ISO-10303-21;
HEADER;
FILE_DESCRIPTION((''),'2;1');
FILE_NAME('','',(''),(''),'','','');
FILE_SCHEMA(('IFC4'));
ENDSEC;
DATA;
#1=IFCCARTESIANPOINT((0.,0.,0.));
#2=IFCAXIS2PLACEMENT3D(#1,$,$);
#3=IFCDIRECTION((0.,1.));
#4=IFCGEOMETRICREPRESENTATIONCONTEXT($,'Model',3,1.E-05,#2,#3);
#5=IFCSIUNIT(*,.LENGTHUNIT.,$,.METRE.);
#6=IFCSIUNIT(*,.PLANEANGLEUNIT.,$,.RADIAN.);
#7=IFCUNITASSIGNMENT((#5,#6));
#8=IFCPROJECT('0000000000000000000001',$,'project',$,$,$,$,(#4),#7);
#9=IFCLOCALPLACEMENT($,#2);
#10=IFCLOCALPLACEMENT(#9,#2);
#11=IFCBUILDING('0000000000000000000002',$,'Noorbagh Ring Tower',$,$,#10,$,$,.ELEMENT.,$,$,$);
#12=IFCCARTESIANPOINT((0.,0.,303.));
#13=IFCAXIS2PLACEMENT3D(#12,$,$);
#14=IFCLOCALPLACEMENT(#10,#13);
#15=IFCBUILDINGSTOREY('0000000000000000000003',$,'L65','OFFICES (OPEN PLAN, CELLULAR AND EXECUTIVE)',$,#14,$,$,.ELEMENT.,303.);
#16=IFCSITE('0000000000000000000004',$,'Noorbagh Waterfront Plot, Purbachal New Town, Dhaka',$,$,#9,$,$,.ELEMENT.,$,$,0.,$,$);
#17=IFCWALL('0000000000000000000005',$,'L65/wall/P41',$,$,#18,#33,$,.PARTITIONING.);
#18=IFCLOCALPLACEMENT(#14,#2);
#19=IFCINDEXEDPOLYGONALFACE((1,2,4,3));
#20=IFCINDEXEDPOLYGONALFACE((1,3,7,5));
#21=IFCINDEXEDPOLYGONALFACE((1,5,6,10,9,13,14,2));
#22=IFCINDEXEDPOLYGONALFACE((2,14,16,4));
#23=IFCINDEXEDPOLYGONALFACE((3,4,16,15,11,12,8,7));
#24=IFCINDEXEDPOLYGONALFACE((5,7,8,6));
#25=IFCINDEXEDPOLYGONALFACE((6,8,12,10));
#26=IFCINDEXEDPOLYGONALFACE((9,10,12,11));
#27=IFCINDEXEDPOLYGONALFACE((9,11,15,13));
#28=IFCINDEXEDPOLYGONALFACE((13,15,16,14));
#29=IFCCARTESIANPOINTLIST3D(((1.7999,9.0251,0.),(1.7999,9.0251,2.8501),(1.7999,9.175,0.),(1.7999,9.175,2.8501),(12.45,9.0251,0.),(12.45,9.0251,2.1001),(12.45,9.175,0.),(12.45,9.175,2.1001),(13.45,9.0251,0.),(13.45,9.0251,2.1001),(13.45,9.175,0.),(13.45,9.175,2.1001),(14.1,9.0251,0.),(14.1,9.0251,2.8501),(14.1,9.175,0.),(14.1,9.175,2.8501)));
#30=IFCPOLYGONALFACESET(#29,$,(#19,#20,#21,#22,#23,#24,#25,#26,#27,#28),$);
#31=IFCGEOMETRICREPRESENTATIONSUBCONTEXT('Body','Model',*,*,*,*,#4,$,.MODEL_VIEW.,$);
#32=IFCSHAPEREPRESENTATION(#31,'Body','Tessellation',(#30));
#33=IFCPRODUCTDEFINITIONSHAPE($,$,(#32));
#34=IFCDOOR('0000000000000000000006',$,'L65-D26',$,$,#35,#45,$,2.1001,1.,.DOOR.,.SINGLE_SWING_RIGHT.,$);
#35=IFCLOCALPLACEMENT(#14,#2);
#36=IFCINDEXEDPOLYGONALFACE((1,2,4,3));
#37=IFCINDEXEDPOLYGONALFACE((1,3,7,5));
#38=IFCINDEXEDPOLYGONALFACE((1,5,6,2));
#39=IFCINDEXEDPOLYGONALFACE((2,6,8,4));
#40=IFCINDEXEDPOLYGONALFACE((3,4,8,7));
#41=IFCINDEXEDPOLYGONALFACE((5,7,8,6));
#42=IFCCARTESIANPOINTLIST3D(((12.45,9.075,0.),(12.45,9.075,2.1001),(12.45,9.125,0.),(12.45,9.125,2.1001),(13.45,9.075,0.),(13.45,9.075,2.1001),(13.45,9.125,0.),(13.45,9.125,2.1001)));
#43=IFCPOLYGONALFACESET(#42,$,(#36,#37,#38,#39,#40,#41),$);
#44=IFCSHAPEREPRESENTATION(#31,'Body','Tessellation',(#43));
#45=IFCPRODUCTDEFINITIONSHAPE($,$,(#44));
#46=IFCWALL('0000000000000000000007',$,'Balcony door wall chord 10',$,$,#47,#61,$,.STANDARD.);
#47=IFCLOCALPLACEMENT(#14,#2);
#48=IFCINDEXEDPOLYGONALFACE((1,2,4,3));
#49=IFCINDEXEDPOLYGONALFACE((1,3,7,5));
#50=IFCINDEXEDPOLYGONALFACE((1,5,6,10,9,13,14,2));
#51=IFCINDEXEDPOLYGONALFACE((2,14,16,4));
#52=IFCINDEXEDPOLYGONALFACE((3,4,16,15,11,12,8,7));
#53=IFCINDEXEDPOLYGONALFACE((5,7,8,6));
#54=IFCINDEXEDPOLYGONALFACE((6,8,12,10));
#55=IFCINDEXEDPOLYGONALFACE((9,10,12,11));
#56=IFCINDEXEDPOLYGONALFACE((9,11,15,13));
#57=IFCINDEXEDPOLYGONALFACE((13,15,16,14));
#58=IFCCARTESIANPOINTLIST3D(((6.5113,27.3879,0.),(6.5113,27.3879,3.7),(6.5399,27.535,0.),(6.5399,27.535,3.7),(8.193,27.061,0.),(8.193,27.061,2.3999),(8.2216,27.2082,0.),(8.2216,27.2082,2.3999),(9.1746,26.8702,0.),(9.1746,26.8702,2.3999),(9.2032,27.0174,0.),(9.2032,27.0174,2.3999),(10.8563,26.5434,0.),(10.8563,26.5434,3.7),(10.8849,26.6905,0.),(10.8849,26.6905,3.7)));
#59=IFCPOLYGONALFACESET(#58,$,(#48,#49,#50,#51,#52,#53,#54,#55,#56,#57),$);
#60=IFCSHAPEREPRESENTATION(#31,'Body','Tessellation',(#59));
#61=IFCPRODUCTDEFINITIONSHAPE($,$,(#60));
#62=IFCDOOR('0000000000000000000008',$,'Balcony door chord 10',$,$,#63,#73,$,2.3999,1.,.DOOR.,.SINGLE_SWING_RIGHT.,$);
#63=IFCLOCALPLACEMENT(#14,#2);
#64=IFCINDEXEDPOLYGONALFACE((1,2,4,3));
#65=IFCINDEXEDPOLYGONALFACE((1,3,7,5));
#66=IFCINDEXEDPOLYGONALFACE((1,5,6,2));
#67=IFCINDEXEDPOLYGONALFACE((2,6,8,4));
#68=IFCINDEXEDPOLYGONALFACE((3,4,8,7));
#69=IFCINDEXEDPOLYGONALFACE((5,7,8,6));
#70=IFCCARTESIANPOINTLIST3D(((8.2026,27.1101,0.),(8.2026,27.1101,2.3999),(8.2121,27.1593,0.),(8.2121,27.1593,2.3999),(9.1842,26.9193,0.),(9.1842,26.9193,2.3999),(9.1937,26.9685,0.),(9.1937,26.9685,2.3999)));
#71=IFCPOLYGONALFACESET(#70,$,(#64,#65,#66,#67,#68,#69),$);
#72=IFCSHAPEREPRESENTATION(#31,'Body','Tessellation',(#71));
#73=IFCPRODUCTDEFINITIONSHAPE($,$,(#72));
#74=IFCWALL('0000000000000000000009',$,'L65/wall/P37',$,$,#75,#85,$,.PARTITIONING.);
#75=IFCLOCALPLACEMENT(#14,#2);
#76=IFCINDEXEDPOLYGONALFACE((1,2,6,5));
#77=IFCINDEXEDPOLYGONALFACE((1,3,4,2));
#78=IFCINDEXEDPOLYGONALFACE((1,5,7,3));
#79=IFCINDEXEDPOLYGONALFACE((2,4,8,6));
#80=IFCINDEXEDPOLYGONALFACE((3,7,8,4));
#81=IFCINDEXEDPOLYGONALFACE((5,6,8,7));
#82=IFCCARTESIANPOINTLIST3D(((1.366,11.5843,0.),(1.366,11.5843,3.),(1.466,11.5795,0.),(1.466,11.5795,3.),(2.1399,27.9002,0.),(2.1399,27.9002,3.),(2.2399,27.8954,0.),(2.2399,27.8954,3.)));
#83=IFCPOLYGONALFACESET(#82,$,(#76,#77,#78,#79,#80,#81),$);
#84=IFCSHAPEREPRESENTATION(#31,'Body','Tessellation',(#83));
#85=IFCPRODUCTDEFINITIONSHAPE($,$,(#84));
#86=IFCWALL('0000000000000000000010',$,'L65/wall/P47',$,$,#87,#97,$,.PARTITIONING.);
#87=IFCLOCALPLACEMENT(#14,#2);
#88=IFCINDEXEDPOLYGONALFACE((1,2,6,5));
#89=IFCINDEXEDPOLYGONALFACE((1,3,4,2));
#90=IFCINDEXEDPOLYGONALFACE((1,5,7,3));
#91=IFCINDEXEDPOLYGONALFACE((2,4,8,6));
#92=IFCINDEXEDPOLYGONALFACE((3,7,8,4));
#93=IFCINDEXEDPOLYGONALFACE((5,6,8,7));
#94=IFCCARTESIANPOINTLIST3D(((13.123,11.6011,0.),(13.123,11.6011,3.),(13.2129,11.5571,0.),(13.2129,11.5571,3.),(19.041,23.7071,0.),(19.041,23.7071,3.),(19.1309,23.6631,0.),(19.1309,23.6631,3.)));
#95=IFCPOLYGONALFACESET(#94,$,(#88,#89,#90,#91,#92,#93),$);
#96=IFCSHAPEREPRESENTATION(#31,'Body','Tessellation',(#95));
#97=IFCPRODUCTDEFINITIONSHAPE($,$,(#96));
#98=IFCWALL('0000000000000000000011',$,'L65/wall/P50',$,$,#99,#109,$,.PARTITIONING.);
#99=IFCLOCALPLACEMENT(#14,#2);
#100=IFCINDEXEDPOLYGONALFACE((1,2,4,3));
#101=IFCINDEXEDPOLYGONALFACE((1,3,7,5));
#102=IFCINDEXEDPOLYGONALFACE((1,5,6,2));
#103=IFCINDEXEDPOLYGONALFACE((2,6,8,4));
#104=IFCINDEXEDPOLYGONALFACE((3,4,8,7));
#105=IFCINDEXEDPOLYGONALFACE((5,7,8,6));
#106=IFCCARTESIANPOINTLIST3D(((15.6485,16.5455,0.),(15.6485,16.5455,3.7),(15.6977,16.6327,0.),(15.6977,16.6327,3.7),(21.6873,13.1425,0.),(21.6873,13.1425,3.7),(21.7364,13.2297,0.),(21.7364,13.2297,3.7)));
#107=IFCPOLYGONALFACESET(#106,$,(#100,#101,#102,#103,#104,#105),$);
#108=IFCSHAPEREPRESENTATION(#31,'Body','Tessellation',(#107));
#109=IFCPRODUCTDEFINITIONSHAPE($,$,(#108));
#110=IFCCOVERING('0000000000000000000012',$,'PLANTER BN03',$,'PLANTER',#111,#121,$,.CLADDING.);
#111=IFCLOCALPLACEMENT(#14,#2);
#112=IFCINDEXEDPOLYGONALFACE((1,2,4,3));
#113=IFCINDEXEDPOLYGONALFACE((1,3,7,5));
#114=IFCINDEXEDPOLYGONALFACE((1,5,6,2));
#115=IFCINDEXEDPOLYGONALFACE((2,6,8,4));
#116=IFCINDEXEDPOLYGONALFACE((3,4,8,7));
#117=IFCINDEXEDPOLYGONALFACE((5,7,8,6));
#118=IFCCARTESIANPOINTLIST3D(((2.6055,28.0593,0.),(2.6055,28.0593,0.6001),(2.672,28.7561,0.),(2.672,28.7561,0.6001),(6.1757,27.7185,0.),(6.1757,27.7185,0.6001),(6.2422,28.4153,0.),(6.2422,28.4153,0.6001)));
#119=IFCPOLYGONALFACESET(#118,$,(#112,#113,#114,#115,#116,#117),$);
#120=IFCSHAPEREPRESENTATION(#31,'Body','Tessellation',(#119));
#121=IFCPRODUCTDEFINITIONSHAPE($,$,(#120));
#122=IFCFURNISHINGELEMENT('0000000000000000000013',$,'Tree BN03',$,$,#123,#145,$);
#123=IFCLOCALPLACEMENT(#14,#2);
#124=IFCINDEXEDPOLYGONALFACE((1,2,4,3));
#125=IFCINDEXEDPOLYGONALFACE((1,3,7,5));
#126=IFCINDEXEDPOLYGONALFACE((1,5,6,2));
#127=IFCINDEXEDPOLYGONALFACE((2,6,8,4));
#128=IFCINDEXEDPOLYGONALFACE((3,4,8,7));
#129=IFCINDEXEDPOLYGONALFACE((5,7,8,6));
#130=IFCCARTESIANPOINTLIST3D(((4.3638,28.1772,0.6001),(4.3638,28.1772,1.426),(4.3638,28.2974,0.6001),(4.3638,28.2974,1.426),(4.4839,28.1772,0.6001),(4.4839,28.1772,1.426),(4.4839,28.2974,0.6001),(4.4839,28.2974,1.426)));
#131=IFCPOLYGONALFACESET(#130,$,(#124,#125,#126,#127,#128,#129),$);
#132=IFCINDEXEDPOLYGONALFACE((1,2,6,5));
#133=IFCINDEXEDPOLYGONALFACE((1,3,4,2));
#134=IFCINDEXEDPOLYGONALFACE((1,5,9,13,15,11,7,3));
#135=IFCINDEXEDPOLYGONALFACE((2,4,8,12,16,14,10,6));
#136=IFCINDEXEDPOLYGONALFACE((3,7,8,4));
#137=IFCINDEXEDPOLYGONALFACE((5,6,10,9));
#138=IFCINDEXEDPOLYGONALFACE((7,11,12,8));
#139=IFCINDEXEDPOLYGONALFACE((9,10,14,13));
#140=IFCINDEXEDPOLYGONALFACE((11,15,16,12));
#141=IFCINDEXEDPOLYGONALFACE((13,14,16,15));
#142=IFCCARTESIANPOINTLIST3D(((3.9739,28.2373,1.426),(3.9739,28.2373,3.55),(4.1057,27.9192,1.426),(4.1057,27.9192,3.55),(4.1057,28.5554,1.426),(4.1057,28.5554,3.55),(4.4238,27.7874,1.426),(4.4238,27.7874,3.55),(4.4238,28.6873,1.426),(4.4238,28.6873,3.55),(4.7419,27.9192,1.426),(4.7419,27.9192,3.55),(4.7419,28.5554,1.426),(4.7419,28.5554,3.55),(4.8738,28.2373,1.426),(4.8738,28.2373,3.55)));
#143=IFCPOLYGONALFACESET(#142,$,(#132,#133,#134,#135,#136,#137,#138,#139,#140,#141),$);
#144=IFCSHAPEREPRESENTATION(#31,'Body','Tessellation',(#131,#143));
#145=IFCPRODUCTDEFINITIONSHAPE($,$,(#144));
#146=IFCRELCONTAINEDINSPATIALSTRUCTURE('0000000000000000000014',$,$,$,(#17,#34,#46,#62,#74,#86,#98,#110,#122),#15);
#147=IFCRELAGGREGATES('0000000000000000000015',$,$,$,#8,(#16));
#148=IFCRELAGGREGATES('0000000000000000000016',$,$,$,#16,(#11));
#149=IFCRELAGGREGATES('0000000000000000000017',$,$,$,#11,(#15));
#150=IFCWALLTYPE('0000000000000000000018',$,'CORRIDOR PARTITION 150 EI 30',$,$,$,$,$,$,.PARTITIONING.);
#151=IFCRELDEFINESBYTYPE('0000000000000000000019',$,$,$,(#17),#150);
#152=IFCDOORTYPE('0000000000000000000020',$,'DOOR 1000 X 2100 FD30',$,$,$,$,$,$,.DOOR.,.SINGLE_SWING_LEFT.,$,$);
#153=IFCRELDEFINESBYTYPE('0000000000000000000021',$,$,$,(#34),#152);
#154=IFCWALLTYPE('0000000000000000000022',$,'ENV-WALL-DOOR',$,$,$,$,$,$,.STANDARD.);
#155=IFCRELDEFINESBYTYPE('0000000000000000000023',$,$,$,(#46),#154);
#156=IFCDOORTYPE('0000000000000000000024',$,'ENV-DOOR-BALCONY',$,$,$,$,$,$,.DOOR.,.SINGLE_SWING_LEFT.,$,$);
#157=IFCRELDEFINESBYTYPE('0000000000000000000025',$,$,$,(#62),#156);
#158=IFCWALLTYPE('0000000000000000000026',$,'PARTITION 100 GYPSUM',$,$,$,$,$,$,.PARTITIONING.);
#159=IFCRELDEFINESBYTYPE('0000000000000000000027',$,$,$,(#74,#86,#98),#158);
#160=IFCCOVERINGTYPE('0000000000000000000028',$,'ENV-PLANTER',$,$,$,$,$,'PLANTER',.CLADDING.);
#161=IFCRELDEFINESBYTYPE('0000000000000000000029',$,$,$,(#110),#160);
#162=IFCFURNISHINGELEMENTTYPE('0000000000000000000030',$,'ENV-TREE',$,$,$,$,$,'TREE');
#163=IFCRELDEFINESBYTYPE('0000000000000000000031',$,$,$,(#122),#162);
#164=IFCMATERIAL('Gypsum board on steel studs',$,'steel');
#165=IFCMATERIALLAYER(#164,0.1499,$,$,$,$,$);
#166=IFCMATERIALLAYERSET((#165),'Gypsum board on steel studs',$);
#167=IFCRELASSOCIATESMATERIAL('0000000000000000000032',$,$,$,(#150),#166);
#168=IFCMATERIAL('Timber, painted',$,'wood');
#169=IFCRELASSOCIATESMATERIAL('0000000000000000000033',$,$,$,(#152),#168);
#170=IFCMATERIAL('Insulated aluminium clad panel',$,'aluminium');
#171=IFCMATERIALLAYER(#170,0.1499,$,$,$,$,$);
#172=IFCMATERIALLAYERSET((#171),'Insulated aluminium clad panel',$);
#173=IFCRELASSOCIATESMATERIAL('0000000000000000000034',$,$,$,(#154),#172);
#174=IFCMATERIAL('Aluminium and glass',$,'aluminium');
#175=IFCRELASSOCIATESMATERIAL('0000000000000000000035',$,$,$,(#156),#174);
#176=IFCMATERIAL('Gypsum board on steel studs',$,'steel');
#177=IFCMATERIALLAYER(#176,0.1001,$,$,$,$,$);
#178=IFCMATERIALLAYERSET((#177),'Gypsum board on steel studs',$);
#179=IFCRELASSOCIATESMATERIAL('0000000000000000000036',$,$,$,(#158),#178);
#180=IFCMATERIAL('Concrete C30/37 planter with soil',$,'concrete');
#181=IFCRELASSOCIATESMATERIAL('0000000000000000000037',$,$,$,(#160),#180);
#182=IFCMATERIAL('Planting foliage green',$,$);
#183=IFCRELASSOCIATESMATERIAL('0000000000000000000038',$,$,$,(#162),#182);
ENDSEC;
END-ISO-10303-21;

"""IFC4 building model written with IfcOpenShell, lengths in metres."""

from ifc_helpers import new_model, si_unit, direction, frame, frame_2d, origin, origin_2d, place, context, subcontext, project, spatial, polyline, rectangle, outline, extrude, material, layer, layer_set, type_object, element, fill, save


model = new_model("IFC4")

# Units and contexts
model_context = context("Model", 3, precision=1e-05, world=origin(), true_north=direction((0.0, 1.0)))
body_context = subcontext(model_context, "Body", "Model", "MODEL_VIEW")
ifc_project = project(units=[si_unit("LENGTHUNIT", "METRE"), si_unit("PLANEANGLEUNIT", "RADIAN")], contexts=[model_context])

# Site, building, storey
site_placement = place(None, origin())
site = spatial("IfcSite", under=ifc_project, at=site_placement, Name="Noorbagh Waterfront Plot, Purbachal New Town, Dhaka", CompositionType="ELEMENT", RefElevation=0.0)
building_placement = place(site_placement, origin())
building = spatial("IfcBuilding", under=site, at=building_placement, Name="Noorbagh Ring Tower", CompositionType="ELEMENT")
storey_placement = place(building_placement, frame((0.0, 0.0, 303.0)))
storey = spatial("IfcBuildingStorey", under=building, at=storey_placement, Name="L65", Description="OFFICES (OPEN PLAN, CELLULAR AND EXECUTIVE)", CompositionType="ELEMENT", Elevation=303.0)

# Walls, openings, doors
ifc_material_1 = material(Name="Gypsum board on steel studs", Category="steel")
ifc_layer_1 = layer(ifc_material_1, 0.1499)
ifc_layer_set_1 = layer_set([ifc_layer_1], Name="Gypsum board on steel studs")
wall_type_1 = type_object("IfcWallType", Name="CORRIDOR PARTITION 150 EI 30", PredefinedType="PARTITIONING", material=ifc_layer_set_1)
wall_1_placement = place(storey_placement, frame((1.8, 9.1001, 0.0), z_axis=(0.0, 0.0, 1.0), x_axis=(1.0, 0.0, 0.0)))
wall_1 = element("IfcWall", 1, at=wall_1_placement, inside=storey, type_object=wall_type_1, Name="L65/wall/P41", PredefinedType="PARTITIONING", context=body_context, shape_type="SweptSolid", body=[
    extrude(rectangle(XDim=12.3, YDim=0.1499, at=frame_2d((6.1499, 0.0))), origin(), (0.0, 0.0, 1.0), 2.8501),
])
opening_1_placement = place(wall_1_placement, frame((10.6499, 0.0, 0.0)))
opening_1 = element("IfcOpeningElement", 2, at=opening_1_placement, cuts=wall_1, PredefinedType="OPENING", context=body_context, shape_type="SweptSolid", body=[
    extrude(rectangle(XDim=1.0, YDim=2.1001, at=frame_2d((0.5, 1.05))), frame((0.0, 0.085, 0.0), z_axis=(0.0, -1.0, 0.0), x_axis=(1.0, 0.0, 0.0)), (0.0, 0.0, 1.0), 0.1699),
])
ifc_material_2 = material(Name="Timber, painted", Category="wood")
door_type_1 = type_object("IfcDoorType", Name="DOOR 1000 X 2100 FD30", OperationType="SINGLE_SWING_LEFT", PredefinedType="DOOR", material=ifc_material_2)
door_1_placement = place(opening_1_placement, origin())
door_1 = element("IfcDoor", 3, at=door_1_placement, inside=storey, type_object=door_type_1, Name="L65-D26", OperationType="SINGLE_SWING_RIGHT", OverallHeight=2.1001, OverallWidth=1.0, PredefinedType="DOOR", context=body_context, shape_type="SweptSolid", body=[
    extrude(rectangle(XDim=1.0, YDim=2.1001, at=frame_2d((0.5, 1.05))), frame((0.0, 0.0249, 0.0), z_axis=(0.0, -1.0, 0.0), x_axis=(1.0, 0.0, 0.0)), (0.0, 0.0, 1.0), 0.05),
])
fill(opening_1, door_1)
ifc_material_3 = material(Name="Insulated aluminium clad panel", Category="aluminium")
ifc_layer_2 = layer(ifc_material_3, 0.1499)
ifc_layer_set_2 = layer_set([ifc_layer_2], Name="Insulated aluminium clad panel")
wall_type_2 = type_object("IfcWallType", Name="ENV-WALL-DOOR", PredefinedType="STANDARD", material=ifc_layer_set_2)
wall_2_placement = place(storey_placement, frame((10.8706, 26.6169, 0.0), z_axis=(0.0, 0.0, 1.0), x_axis=(-0.981631, 0.190788, 0.0)))
wall_2 = element("IfcWall", 4, at=wall_2_placement, inside=storey, type_object=wall_type_2, Name="Balcony door wall chord 10", PredefinedType="STANDARD", context=body_context, shape_type="SweptSolid", body=[
    extrude(rectangle(XDim=4.4263, YDim=0.1499, at=frame_2d((2.2131, 0.0))), origin(), (0.0, 0.0, 1.0), 3.7),
])
opening_2_placement = place(wall_2_placement, frame((1.7131, 0.0, 0.0)))
opening_2 = element("IfcOpeningElement", 5, at=opening_2_placement, cuts=wall_2, PredefinedType="OPENING", context=body_context, shape_type="SweptSolid", body=[
    extrude(rectangle(XDim=1.0, YDim=2.3999, at=frame_2d((0.5, 1.2))), frame((0.0, 0.085, 0.0), z_axis=(0.0, -1.0, 0.0), x_axis=(1.0, 0.0, 0.0)), (0.0, 0.0, 1.0), 0.1699),
])
ifc_material_4 = material(Name="Aluminium and glass", Category="aluminium")
door_type_2 = type_object("IfcDoorType", Name="ENV-DOOR-BALCONY", OperationType="SINGLE_SWING_LEFT", PredefinedType="DOOR", material=ifc_material_4)
door_2_placement = place(opening_2_placement, origin())
door_2 = element("IfcDoor", 6, at=door_2_placement, inside=storey, type_object=door_type_2, Name="Balcony door chord 10", OperationType="SINGLE_SWING_RIGHT", OverallHeight=2.3999, OverallWidth=1.0, PredefinedType="DOOR", context=body_context, shape_type="SweptSolid", body=[
    extrude(rectangle(XDim=1.0, YDim=2.3999, at=frame_2d((0.5, 1.2))), frame((0.0, 0.0249, 0.0), z_axis=(0.0, -1.0, 0.0), x_axis=(1.0, 0.0, 0.0)), (0.0, 0.0, 1.0), 0.05),
])
fill(opening_2, door_2)

# Walls
ifc_material_5 = material(Name="Gypsum board on steel studs", Category="steel")
ifc_layer_3 = layer(ifc_material_5, 0.1001)
ifc_layer_set_3 = layer_set([ifc_layer_3], Name="Gypsum board on steel studs")
wall_type_3 = type_object("IfcWallType", Name="PARTITION 100 GYPSUM", PredefinedType="PARTITIONING", material=ifc_layer_set_3)
wall_3_placement = place(storey_placement, frame((1.416, 11.582, 0.0), z_axis=(0.0, 0.0, 1.0), x_axis=(0.047381, 0.998877, 0.0)))
element("IfcWall", 7, at=wall_3_placement, inside=storey, type_object=wall_type_3, Name="L65/wall/P37", PredefinedType="PARTITIONING", context=body_context, shape_type="SweptSolid", body=[
    extrude(rectangle(XDim=16.3342, YDim=0.1001, at=frame_2d((8.167, 0.0))), origin(), (0.0, 0.0, 1.0), 3.0),
])
wall_4_placement = place(storey_placement, frame((13.168, 11.5791, 0.0), z_axis=(0.0, 0.0, 1.0), x_axis=(0.43918, 0.898399, 0.0)))
element("IfcWall", 8, at=wall_4_placement, inside=storey, type_object=wall_type_3, Name="L65/wall/P47", PredefinedType="PARTITIONING", context=body_context, shape_type="SweptSolid", body=[
    extrude(rectangle(XDim=13.4751, YDim=0.1001, at=frame_2d((6.7375, 0.0))), origin(), (0.0, 0.0, 1.0), 3.0),
])
wall_5_placement = place(storey_placement, frame((15.6731, 16.5891, 0.0), z_axis=(0.0, 0.0, 1.0), x_axis=(0.871191, -0.490945, 0.0)))
element("IfcWall", 9, at=wall_5_placement, inside=storey, type_object=wall_type_3, Name="L65/wall/P50", PredefinedType="PARTITIONING", context=body_context, shape_type="SweptSolid", body=[
    extrude(rectangle(XDim=6.9316, YDim=0.1001, at=frame_2d((3.4658, 0.0))), origin(), (0.0, 0.0, 1.0), 3.7),
])

# Covering
ifc_material_6 = material(Name="Concrete C30/37 planter with soil", Category="concrete")
covering_type = type_object("IfcCoveringType", Name="ENV-PLANTER", ElementType="PLANTER", PredefinedType="CLADDING", material=ifc_material_6)
covering_placement = place(storey_placement, frame((4.4238, 28.2373, 0.0), z_axis=(0.0, 0.0, 1.0), x_axis=(-0.995476, 0.095008, 0.0)))
element("IfcCovering", 10, at=covering_placement, inside=storey, type_object=covering_type, Name="PLANTER BN03", ObjectType="PLANTER", PredefinedType="CLADDING", context=body_context, shape_type="SweptSolid", body=[
    extrude(rectangle(XDim=3.5864, YDim=0.7, at=origin_2d()), origin(), (0.0, 0.0, 1.0), 0.6001),
])

# Furnishing element
ifc_material_7 = material(Name="Planting foliage green")
furnishing_element_type = type_object("IfcFurnishingElementType", Name="ENV-TREE", ElementType="TREE", material=ifc_material_7)
furnishing_placement = place(storey_placement, frame((4.4238, 28.2373, 0.6001), z_axis=(0.0, 0.0, 1.0), x_axis=(1.0, 0.0, 0.0)))
element("IfcFurnishingElement", 11, at=furnishing_placement, inside=storey, type_object=furnishing_element_type, Name="Tree BN03", context=body_context, shape_type="SweptSolid", body=[
    extrude(rectangle(XDim=0.1201, YDim=0.1201, at=origin_2d()), origin(), (0.0, 0.0, 1.0), 0.8259),
    extrude(outline(polyline([(0.45, 0.0), (0.3181, 0.3181), (0.0, 0.45), (-0.3181, 0.3181), (-0.45, 0.0), (-0.3181, -0.3181), (0.0, -0.45), (0.3181, -0.3181), (0.45, 0.0)])), frame((0.0, 0.0, 0.8259)), (0.0, 0.0, 1.0), 2.124),
])

save(model, "model.ifc")
